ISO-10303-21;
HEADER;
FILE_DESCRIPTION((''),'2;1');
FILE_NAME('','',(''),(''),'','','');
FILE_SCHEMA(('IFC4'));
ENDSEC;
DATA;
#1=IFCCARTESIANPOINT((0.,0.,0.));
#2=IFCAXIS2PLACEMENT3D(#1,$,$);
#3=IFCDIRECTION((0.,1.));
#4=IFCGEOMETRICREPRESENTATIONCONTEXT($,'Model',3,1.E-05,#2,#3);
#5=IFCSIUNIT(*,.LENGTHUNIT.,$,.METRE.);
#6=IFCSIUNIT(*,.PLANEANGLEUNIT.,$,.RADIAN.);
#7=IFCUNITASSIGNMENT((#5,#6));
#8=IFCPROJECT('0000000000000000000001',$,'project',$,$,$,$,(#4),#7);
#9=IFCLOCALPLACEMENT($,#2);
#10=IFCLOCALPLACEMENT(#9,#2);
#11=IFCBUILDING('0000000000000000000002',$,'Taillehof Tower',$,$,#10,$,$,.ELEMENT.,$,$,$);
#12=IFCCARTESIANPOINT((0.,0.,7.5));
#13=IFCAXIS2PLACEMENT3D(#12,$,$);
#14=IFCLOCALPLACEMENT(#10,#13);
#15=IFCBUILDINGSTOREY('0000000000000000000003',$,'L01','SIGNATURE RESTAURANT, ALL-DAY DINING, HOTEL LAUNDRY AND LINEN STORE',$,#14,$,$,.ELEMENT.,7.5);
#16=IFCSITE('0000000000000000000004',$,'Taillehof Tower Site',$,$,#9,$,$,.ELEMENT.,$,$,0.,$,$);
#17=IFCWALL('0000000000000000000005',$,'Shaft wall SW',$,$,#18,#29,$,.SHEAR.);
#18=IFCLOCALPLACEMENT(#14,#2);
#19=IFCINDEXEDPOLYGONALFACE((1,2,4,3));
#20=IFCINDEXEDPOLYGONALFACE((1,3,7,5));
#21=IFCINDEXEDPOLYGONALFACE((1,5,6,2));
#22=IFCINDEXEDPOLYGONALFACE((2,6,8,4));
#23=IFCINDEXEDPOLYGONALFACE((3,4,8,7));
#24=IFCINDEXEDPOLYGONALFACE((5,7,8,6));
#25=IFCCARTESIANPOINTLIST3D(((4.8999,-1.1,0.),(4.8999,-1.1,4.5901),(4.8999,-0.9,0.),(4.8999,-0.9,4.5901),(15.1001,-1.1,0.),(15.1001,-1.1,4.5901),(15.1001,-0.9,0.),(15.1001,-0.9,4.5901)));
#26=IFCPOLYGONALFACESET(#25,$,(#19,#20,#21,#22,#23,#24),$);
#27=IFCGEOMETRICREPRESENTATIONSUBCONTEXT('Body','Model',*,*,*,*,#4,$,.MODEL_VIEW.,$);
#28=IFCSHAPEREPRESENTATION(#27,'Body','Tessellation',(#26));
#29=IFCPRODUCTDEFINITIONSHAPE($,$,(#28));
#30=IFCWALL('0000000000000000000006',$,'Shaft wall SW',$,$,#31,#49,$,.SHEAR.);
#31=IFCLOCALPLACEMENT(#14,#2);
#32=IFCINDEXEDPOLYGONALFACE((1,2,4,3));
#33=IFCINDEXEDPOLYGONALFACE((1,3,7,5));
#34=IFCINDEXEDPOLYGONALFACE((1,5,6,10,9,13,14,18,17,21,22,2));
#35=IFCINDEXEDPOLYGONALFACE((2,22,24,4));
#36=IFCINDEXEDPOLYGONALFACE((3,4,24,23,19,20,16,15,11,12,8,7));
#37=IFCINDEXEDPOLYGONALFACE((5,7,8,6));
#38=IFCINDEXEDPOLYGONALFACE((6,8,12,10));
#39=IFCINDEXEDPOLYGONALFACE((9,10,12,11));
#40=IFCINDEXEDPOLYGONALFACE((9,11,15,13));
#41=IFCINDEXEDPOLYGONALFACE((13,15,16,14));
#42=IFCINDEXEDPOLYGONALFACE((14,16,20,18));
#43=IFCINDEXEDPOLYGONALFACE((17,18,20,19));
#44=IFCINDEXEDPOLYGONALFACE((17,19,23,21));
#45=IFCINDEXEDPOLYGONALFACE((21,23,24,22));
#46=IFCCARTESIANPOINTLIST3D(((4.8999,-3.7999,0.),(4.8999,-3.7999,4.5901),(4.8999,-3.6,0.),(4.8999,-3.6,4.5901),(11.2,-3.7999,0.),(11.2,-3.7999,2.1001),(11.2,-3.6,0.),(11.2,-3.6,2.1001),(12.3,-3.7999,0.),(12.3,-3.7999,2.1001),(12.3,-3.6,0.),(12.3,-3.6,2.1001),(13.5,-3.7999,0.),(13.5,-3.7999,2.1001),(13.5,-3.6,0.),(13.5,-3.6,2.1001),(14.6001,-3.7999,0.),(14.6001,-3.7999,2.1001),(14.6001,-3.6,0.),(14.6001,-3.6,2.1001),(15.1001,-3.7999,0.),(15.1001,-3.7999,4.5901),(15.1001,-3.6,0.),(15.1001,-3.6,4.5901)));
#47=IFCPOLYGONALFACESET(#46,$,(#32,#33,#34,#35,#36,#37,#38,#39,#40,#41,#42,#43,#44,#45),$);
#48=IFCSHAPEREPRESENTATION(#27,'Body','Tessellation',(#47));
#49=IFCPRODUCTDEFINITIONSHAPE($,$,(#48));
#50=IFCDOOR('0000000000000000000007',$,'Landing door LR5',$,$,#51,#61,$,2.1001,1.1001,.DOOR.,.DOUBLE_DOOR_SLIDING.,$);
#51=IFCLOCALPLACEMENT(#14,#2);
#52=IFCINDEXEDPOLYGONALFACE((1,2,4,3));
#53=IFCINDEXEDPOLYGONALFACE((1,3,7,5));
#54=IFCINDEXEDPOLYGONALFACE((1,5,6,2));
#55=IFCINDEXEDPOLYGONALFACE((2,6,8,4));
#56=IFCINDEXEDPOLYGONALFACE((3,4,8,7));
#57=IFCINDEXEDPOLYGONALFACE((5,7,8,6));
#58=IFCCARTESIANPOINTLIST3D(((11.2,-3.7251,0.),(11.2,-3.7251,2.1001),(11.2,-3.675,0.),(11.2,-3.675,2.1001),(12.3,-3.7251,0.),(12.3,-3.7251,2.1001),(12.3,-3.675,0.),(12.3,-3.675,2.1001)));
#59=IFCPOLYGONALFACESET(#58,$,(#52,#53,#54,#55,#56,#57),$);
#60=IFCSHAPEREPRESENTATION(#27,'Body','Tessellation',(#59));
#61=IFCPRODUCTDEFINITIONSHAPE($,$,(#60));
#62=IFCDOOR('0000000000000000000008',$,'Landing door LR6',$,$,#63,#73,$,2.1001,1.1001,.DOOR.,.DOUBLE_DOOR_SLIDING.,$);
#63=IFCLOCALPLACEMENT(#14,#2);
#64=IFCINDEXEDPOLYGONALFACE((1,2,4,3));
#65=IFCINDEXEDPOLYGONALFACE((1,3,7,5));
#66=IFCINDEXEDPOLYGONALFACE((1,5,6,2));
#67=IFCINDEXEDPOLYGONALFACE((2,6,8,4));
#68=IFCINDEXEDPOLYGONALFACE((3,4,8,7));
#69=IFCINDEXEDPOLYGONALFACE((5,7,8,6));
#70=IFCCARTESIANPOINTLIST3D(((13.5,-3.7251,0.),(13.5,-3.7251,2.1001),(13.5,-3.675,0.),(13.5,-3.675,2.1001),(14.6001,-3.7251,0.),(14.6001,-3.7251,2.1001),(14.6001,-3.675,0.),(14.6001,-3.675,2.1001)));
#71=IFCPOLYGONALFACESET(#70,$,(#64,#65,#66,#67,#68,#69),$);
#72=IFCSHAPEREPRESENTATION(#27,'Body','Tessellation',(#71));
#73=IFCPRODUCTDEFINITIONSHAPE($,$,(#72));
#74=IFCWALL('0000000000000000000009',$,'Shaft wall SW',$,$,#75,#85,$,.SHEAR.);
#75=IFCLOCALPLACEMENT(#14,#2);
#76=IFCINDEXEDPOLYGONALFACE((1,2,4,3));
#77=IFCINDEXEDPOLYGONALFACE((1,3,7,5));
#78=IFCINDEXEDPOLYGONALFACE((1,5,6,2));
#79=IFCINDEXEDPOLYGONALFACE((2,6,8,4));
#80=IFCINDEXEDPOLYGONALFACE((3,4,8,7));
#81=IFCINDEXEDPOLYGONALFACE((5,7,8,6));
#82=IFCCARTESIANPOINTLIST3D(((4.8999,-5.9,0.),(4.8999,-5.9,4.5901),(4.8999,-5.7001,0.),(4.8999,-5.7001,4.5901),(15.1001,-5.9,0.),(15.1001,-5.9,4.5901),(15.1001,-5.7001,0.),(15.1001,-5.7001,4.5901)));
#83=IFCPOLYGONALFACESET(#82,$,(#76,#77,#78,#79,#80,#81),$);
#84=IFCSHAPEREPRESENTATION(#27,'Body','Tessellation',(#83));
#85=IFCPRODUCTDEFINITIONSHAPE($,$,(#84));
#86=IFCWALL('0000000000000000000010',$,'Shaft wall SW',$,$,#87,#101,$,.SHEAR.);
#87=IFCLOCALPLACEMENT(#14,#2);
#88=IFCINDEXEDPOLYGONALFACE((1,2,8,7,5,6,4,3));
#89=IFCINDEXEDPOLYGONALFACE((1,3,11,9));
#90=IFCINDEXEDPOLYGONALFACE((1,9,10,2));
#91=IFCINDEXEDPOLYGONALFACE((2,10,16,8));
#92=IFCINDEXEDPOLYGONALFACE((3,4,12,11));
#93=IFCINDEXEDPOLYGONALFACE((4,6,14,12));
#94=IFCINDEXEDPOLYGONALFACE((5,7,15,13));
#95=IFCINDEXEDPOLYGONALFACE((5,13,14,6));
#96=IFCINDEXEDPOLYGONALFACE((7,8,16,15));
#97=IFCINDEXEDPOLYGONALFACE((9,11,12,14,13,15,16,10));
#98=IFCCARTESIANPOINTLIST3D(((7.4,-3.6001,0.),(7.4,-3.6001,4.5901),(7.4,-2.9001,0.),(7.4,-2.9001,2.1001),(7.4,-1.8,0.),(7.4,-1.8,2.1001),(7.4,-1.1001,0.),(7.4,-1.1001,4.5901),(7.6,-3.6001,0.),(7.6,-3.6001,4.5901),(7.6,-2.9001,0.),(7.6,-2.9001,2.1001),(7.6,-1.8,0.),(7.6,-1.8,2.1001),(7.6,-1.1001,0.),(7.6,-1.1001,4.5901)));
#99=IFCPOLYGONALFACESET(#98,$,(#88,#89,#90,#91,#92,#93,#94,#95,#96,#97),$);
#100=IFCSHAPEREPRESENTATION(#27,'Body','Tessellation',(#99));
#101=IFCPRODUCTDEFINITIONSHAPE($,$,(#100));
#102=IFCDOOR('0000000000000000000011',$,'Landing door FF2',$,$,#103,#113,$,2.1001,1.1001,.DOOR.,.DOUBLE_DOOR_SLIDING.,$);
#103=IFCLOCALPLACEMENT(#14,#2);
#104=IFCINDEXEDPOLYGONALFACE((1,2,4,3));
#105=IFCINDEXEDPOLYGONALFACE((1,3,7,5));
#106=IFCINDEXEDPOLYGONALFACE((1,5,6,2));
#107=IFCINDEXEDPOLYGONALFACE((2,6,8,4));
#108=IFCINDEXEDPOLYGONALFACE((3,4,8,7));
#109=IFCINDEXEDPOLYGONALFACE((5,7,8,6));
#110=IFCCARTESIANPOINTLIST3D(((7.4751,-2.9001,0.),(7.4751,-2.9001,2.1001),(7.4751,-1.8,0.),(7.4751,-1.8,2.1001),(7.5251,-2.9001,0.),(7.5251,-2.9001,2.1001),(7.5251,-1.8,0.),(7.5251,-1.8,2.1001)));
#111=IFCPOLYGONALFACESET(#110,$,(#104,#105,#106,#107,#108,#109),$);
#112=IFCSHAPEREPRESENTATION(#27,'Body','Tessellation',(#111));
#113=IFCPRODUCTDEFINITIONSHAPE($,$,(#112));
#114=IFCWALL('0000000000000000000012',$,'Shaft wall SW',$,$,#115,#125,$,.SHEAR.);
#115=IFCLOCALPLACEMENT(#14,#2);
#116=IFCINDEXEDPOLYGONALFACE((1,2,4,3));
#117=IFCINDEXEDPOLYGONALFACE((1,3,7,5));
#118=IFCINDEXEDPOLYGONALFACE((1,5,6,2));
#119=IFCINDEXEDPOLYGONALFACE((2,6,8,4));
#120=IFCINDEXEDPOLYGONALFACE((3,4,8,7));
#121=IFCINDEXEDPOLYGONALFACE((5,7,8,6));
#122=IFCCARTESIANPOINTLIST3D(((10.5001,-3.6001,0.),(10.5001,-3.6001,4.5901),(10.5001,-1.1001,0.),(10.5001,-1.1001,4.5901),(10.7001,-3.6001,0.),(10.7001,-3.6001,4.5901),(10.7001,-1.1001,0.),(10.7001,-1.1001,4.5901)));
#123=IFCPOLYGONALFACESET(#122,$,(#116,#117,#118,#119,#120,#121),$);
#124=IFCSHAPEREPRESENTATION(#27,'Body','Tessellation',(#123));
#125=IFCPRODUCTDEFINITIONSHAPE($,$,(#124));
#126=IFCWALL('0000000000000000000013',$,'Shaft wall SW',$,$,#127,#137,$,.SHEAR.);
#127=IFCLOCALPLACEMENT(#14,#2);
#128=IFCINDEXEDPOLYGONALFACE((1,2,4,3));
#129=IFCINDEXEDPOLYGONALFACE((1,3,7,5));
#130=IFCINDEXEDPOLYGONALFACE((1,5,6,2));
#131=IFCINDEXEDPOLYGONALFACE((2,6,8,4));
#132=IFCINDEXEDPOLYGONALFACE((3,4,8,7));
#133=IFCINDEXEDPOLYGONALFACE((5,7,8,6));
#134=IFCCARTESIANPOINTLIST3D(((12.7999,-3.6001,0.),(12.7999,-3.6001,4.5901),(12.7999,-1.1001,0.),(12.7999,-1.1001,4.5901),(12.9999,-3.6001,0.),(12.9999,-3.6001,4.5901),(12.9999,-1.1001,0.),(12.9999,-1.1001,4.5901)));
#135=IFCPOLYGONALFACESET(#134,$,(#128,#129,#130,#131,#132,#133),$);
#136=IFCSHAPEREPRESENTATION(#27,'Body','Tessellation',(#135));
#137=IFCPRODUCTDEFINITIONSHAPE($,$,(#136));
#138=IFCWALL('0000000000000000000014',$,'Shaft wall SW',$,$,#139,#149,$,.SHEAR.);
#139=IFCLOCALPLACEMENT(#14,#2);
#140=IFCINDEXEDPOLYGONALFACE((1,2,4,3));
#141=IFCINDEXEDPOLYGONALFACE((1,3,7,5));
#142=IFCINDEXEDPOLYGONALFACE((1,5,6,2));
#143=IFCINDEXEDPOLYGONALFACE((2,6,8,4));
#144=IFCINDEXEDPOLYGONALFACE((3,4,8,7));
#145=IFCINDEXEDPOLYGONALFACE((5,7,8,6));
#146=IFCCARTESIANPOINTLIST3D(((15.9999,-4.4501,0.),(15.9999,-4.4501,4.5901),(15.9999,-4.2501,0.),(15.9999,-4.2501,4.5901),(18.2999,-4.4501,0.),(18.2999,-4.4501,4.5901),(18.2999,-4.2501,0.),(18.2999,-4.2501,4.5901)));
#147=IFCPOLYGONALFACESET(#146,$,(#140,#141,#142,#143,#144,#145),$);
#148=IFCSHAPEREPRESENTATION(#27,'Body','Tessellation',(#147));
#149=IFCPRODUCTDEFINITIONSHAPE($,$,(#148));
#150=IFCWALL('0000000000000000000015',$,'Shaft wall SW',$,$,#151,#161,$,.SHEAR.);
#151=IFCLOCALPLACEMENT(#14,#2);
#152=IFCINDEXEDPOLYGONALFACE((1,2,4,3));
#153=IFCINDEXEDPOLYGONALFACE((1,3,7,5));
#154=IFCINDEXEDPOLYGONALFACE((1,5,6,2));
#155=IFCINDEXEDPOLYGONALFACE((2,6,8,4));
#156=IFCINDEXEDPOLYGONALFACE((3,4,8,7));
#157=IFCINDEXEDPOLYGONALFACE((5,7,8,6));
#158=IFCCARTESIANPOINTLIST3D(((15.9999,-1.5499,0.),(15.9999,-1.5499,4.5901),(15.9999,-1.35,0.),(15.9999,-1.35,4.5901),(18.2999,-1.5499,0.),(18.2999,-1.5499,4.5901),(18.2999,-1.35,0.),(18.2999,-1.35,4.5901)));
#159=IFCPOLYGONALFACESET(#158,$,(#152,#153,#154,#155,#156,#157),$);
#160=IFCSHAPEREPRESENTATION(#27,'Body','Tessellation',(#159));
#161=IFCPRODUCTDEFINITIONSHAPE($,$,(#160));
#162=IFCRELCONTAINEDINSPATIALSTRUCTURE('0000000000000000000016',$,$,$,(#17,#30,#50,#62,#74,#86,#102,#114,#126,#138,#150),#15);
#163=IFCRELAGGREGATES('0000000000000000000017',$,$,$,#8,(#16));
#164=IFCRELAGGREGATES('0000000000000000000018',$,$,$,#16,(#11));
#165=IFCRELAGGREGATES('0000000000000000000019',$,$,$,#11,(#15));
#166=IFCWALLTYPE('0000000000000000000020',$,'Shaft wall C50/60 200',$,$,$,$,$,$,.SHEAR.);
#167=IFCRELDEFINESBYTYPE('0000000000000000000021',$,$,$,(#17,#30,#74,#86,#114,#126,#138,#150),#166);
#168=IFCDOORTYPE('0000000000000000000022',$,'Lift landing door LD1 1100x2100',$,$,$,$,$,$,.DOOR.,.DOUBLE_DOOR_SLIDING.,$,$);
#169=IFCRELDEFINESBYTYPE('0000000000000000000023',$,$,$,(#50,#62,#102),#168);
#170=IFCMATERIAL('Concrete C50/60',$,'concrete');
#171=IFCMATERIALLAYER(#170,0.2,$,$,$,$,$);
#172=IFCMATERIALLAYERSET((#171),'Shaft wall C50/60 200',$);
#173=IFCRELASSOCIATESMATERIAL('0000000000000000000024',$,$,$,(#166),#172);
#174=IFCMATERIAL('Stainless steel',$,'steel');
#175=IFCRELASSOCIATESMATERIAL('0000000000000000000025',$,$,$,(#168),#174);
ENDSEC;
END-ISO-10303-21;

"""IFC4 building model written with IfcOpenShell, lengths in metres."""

from ifc_helpers import new_model, si_unit, direction, frame, frame_2d, origin, place, context, subcontext, project, spatial, rectangle, extrude, material, layer, layer_set, type_object, element, fill, save


model = new_model("IFC4")

# Units and contexts
model_context = context("Model", 3, precision=1e-05, world=origin(), true_north=direction((0.0, 1.0)))
body_context = subcontext(model_context, "Body", "Model", "MODEL_VIEW")
ifc_project = project(units=[si_unit("LENGTHUNIT", "METRE"), si_unit("PLANEANGLEUNIT", "RADIAN")], contexts=[model_context])

# Site, building, storey
site_placement = place(None, origin())
site = spatial("IfcSite", under=ifc_project, at=site_placement, Name="Taillehof Tower Site", CompositionType="ELEMENT", RefElevation=0.0)
building_placement = place(site_placement, origin())
building = spatial("IfcBuilding", under=site, at=building_placement, Name="Taillehof Tower", CompositionType="ELEMENT")
storey_placement = place(building_placement, frame((0.0, 0.0, 7.5)))
storey = spatial("IfcBuildingStorey", under=building, at=storey_placement, Name="L01", Description="SIGNATURE RESTAURANT, ALL-DAY DINING, HOTEL LAUNDRY AND LINEN STORE", CompositionType="ELEMENT", Elevation=7.5)

# Wall
ifc_material_1 = material(Name="Concrete C50/60", Category="concrete")
ifc_layer_1 = layer(ifc_material_1, 0.2)
ifc_layer_set_1 = layer_set([ifc_layer_1], Name="Shaft wall C50/60 200")
wall_type_1 = type_object("IfcWallType", Name="Shaft wall C50/60 200", PredefinedType="SHEAR", material=ifc_layer_set_1)
wall_1_placement = place(storey_placement, frame((4.8999, -1.0, 0.0), z_axis=(0.0, 0.0, 1.0), x_axis=(1.0, 0.0, 0.0)))
element("IfcWall", 1, at=wall_1_placement, inside=storey, type_object=wall_type_1, Name="Shaft wall SW", PredefinedType="SHEAR", context=body_context, shape_type="SweptSolid", body=[
    extrude(rectangle(XDim=10.2002, YDim=0.2, at=frame_2d((5.1001, 0.0))), origin(), (0.0, 0.0, 1.0), 4.5901),
])

# Wall, openings, doors
wall_2_placement = place(storey_placement, frame((4.8999, -3.7, 0.0), z_axis=(0.0, 0.0, 1.0), x_axis=(1.0, 0.0, 0.0)))
wall_2 = element("IfcWall", 2, at=wall_2_placement, inside=storey, type_object=wall_type_1, Name="Shaft wall SW", PredefinedType="SHEAR", context=body_context, shape_type="SweptSolid", body=[
    extrude(rectangle(XDim=10.2002, YDim=0.2, at=frame_2d((5.1001, 0.0))), origin(), (0.0, 0.0, 1.0), 4.5901),
])
opening_1_placement = place(wall_2_placement, frame((6.3, 0.0, 0.0)))
opening_1 = element("IfcOpeningElement", 3, at=opening_1_placement, cuts=wall_2, PredefinedType="OPENING", context=body_context, shape_type="SweptSolid", body=[
    extrude(rectangle(XDim=1.1001, YDim=2.1001, at=frame_2d((0.55, 1.05))), frame((0.0, 0.1099, 0.0), z_axis=(0.0, -1.0, 0.0), x_axis=(1.0, 0.0, 0.0)), (0.0, 0.0, 1.0), 0.22),
])
opening_2_placement = place(wall_2_placement, frame((8.6001, 0.0, 0.0)))
opening_2 = element("IfcOpeningElement", 4, at=opening_2_placement, cuts=wall_2, PredefinedType="OPENING", context=body_context, shape_type="SweptSolid", body=[
    extrude(rectangle(XDim=1.1001, YDim=2.1001, at=frame_2d((0.55, 1.05))), frame((0.0, 0.1099, 0.0), z_axis=(0.0, -1.0, 0.0), x_axis=(1.0, 0.0, 0.0)), (0.0, 0.0, 1.0), 0.22),
])
ifc_material_2 = material(Name="Stainless steel", Category="steel")
door_type_1 = type_object("IfcDoorType", Name="Lift landing door LD1 1100x2100", OperationType="DOUBLE_DOOR_SLIDING", PredefinedType="DOOR", material=ifc_material_2)
door_1_placement = place(opening_1_placement, origin())
door_1 = element("IfcDoor", 5, at=door_1_placement, inside=storey, type_object=door_type_1, Name="Landing door LR5", OperationType="DOUBLE_DOOR_SLIDING", OverallHeight=2.1001, OverallWidth=1.1001, PredefinedType="DOOR", context=body_context, shape_type="SweptSolid", body=[
    extrude(rectangle(XDim=1.1001, YDim=2.1001, at=frame_2d((0.55, 1.05))), frame((0.0, 0.0249, 0.0), z_axis=(0.0, -1.0, 0.0), x_axis=(1.0, 0.0, 0.0)), (0.0, 0.0, 1.0), 0.05),
])
fill(opening_1, door_1)
door_2_placement = place(opening_2_placement, origin())
door_2 = element("IfcDoor", 6, at=door_2_placement, inside=storey, type_object=door_type_1, Name="Landing door LR6", OperationType="DOUBLE_DOOR_SLIDING", OverallHeight=2.1001, OverallWidth=1.1001, PredefinedType="DOOR", context=body_context, shape_type="SweptSolid", body=[
    extrude(rectangle(XDim=1.1001, YDim=2.1001, at=frame_2d((0.55, 1.05))), frame((0.0, 0.0249, 0.0), z_axis=(0.0, -1.0, 0.0), x_axis=(1.0, 0.0, 0.0)), (0.0, 0.0, 1.0), 0.05),
])
fill(opening_2, door_2)

# Wall
wall_3_placement = place(storey_placement, frame((4.8999, -5.8, 0.0), z_axis=(0.0, 0.0, 1.0), x_axis=(1.0, 0.0, 0.0)))
element("IfcWall", 7, at=wall_3_placement, inside=storey, type_object=wall_type_1, Name="Shaft wall SW", PredefinedType="SHEAR", context=body_context, shape_type="SweptSolid", body=[
    extrude(rectangle(XDim=10.2002, YDim=0.2, at=frame_2d((5.1001, 0.0))), origin(), (0.0, 0.0, 1.0), 4.5901),
])

# Wall, opening, door
wall_4_placement = place(storey_placement, frame((7.5, -3.6001, 0.0), z_axis=(0.0, 0.0, 1.0), x_axis=(0.0, 1.0, 0.0)))
wall_4 = element("IfcWall", 8, at=wall_4_placement, inside=storey, type_object=wall_type_1, Name="Shaft wall SW", PredefinedType="SHEAR", context=body_context, shape_type="SweptSolid", body=[
    extrude(rectangle(XDim=2.5, YDim=0.2, at=frame_2d((1.25, 0.0))), origin(), (0.0, 0.0, 1.0), 4.5901),
])
opening_3_placement = place(wall_4_placement, frame((0.7, 0.0, 0.0)))
opening_3 = element("IfcOpeningElement", 9, at=opening_3_placement, cuts=wall_4, PredefinedType="OPENING", context=body_context, shape_type="SweptSolid", body=[
    extrude(rectangle(XDim=1.1001, YDim=2.1001, at=frame_2d((0.55, 1.05))), frame((0.0, 0.1099, 0.0), z_axis=(0.0, -1.0, 0.0), x_axis=(1.0, 0.0, 0.0)), (0.0, 0.0, 1.0), 0.22),
])
door_3_placement = place(opening_3_placement, origin())
door_3 = element("IfcDoor", 10, at=door_3_placement, inside=storey, type_object=door_type_1, Name="Landing door FF2", OperationType="DOUBLE_DOOR_SLIDING", OverallHeight=2.1001, OverallWidth=1.1001, PredefinedType="DOOR", context=body_context, shape_type="SweptSolid", body=[
    extrude(rectangle(XDim=1.1001, YDim=2.1001, at=frame_2d((0.55, 1.05))), frame((0.0, 0.0249, 0.0), z_axis=(0.0, -1.0, 0.0), x_axis=(1.0, 0.0, 0.0)), (0.0, 0.0, 1.0), 0.05),
])
fill(opening_3, door_3)

# Walls
for number, where, z_axis, x_axis, name in (
    (11, (10.6001, -3.6001, 0.0), (0.0, 0.0, 1.0), (0.0, 1.0, 0.0), "Shaft wall SW"),
    (12, (12.8999, -3.6001, 0.0), (0.0, 0.0, 1.0), (0.0, 1.0, 0.0), "Shaft wall SW"),
):
    element("IfcWall", number, at=place(storey_placement, frame(where, z_axis=z_axis, x_axis=x_axis)), inside=storey, type_object=wall_type_1, Name=name, PredefinedType="SHEAR", context=body_context, shape_type="SweptSolid", body=[
        extrude(rectangle(XDim=2.5, YDim=0.2, at=frame_2d((1.25, 0.0))), origin(), (0.0, 0.0, 1.0), 4.5901),
    ])
for number, where, z_axis, x_axis, name in (
    (13, (16.0, -4.3501, 0.0), (0.0, 0.0, 1.0), (1.0, 0.0, 0.0), "Shaft wall SW"),
    (14, (16.0, -1.45, 0.0), (0.0, 0.0, 1.0), (1.0, 0.0, 0.0), "Shaft wall SW"),
):
    element("IfcWall", number, at=place(storey_placement, frame(where, z_axis=z_axis, x_axis=x_axis)), inside=storey, type_object=wall_type_1, Name=name, PredefinedType="SHEAR", context=body_context, shape_type="SweptSolid", body=[
        extrude(rectangle(XDim=2.3, YDim=0.2, at=frame_2d((1.1499, 0.0))), origin(), (0.0, 0.0, 1.0), 4.5901),
    ])

save(model, "model.ifc")
